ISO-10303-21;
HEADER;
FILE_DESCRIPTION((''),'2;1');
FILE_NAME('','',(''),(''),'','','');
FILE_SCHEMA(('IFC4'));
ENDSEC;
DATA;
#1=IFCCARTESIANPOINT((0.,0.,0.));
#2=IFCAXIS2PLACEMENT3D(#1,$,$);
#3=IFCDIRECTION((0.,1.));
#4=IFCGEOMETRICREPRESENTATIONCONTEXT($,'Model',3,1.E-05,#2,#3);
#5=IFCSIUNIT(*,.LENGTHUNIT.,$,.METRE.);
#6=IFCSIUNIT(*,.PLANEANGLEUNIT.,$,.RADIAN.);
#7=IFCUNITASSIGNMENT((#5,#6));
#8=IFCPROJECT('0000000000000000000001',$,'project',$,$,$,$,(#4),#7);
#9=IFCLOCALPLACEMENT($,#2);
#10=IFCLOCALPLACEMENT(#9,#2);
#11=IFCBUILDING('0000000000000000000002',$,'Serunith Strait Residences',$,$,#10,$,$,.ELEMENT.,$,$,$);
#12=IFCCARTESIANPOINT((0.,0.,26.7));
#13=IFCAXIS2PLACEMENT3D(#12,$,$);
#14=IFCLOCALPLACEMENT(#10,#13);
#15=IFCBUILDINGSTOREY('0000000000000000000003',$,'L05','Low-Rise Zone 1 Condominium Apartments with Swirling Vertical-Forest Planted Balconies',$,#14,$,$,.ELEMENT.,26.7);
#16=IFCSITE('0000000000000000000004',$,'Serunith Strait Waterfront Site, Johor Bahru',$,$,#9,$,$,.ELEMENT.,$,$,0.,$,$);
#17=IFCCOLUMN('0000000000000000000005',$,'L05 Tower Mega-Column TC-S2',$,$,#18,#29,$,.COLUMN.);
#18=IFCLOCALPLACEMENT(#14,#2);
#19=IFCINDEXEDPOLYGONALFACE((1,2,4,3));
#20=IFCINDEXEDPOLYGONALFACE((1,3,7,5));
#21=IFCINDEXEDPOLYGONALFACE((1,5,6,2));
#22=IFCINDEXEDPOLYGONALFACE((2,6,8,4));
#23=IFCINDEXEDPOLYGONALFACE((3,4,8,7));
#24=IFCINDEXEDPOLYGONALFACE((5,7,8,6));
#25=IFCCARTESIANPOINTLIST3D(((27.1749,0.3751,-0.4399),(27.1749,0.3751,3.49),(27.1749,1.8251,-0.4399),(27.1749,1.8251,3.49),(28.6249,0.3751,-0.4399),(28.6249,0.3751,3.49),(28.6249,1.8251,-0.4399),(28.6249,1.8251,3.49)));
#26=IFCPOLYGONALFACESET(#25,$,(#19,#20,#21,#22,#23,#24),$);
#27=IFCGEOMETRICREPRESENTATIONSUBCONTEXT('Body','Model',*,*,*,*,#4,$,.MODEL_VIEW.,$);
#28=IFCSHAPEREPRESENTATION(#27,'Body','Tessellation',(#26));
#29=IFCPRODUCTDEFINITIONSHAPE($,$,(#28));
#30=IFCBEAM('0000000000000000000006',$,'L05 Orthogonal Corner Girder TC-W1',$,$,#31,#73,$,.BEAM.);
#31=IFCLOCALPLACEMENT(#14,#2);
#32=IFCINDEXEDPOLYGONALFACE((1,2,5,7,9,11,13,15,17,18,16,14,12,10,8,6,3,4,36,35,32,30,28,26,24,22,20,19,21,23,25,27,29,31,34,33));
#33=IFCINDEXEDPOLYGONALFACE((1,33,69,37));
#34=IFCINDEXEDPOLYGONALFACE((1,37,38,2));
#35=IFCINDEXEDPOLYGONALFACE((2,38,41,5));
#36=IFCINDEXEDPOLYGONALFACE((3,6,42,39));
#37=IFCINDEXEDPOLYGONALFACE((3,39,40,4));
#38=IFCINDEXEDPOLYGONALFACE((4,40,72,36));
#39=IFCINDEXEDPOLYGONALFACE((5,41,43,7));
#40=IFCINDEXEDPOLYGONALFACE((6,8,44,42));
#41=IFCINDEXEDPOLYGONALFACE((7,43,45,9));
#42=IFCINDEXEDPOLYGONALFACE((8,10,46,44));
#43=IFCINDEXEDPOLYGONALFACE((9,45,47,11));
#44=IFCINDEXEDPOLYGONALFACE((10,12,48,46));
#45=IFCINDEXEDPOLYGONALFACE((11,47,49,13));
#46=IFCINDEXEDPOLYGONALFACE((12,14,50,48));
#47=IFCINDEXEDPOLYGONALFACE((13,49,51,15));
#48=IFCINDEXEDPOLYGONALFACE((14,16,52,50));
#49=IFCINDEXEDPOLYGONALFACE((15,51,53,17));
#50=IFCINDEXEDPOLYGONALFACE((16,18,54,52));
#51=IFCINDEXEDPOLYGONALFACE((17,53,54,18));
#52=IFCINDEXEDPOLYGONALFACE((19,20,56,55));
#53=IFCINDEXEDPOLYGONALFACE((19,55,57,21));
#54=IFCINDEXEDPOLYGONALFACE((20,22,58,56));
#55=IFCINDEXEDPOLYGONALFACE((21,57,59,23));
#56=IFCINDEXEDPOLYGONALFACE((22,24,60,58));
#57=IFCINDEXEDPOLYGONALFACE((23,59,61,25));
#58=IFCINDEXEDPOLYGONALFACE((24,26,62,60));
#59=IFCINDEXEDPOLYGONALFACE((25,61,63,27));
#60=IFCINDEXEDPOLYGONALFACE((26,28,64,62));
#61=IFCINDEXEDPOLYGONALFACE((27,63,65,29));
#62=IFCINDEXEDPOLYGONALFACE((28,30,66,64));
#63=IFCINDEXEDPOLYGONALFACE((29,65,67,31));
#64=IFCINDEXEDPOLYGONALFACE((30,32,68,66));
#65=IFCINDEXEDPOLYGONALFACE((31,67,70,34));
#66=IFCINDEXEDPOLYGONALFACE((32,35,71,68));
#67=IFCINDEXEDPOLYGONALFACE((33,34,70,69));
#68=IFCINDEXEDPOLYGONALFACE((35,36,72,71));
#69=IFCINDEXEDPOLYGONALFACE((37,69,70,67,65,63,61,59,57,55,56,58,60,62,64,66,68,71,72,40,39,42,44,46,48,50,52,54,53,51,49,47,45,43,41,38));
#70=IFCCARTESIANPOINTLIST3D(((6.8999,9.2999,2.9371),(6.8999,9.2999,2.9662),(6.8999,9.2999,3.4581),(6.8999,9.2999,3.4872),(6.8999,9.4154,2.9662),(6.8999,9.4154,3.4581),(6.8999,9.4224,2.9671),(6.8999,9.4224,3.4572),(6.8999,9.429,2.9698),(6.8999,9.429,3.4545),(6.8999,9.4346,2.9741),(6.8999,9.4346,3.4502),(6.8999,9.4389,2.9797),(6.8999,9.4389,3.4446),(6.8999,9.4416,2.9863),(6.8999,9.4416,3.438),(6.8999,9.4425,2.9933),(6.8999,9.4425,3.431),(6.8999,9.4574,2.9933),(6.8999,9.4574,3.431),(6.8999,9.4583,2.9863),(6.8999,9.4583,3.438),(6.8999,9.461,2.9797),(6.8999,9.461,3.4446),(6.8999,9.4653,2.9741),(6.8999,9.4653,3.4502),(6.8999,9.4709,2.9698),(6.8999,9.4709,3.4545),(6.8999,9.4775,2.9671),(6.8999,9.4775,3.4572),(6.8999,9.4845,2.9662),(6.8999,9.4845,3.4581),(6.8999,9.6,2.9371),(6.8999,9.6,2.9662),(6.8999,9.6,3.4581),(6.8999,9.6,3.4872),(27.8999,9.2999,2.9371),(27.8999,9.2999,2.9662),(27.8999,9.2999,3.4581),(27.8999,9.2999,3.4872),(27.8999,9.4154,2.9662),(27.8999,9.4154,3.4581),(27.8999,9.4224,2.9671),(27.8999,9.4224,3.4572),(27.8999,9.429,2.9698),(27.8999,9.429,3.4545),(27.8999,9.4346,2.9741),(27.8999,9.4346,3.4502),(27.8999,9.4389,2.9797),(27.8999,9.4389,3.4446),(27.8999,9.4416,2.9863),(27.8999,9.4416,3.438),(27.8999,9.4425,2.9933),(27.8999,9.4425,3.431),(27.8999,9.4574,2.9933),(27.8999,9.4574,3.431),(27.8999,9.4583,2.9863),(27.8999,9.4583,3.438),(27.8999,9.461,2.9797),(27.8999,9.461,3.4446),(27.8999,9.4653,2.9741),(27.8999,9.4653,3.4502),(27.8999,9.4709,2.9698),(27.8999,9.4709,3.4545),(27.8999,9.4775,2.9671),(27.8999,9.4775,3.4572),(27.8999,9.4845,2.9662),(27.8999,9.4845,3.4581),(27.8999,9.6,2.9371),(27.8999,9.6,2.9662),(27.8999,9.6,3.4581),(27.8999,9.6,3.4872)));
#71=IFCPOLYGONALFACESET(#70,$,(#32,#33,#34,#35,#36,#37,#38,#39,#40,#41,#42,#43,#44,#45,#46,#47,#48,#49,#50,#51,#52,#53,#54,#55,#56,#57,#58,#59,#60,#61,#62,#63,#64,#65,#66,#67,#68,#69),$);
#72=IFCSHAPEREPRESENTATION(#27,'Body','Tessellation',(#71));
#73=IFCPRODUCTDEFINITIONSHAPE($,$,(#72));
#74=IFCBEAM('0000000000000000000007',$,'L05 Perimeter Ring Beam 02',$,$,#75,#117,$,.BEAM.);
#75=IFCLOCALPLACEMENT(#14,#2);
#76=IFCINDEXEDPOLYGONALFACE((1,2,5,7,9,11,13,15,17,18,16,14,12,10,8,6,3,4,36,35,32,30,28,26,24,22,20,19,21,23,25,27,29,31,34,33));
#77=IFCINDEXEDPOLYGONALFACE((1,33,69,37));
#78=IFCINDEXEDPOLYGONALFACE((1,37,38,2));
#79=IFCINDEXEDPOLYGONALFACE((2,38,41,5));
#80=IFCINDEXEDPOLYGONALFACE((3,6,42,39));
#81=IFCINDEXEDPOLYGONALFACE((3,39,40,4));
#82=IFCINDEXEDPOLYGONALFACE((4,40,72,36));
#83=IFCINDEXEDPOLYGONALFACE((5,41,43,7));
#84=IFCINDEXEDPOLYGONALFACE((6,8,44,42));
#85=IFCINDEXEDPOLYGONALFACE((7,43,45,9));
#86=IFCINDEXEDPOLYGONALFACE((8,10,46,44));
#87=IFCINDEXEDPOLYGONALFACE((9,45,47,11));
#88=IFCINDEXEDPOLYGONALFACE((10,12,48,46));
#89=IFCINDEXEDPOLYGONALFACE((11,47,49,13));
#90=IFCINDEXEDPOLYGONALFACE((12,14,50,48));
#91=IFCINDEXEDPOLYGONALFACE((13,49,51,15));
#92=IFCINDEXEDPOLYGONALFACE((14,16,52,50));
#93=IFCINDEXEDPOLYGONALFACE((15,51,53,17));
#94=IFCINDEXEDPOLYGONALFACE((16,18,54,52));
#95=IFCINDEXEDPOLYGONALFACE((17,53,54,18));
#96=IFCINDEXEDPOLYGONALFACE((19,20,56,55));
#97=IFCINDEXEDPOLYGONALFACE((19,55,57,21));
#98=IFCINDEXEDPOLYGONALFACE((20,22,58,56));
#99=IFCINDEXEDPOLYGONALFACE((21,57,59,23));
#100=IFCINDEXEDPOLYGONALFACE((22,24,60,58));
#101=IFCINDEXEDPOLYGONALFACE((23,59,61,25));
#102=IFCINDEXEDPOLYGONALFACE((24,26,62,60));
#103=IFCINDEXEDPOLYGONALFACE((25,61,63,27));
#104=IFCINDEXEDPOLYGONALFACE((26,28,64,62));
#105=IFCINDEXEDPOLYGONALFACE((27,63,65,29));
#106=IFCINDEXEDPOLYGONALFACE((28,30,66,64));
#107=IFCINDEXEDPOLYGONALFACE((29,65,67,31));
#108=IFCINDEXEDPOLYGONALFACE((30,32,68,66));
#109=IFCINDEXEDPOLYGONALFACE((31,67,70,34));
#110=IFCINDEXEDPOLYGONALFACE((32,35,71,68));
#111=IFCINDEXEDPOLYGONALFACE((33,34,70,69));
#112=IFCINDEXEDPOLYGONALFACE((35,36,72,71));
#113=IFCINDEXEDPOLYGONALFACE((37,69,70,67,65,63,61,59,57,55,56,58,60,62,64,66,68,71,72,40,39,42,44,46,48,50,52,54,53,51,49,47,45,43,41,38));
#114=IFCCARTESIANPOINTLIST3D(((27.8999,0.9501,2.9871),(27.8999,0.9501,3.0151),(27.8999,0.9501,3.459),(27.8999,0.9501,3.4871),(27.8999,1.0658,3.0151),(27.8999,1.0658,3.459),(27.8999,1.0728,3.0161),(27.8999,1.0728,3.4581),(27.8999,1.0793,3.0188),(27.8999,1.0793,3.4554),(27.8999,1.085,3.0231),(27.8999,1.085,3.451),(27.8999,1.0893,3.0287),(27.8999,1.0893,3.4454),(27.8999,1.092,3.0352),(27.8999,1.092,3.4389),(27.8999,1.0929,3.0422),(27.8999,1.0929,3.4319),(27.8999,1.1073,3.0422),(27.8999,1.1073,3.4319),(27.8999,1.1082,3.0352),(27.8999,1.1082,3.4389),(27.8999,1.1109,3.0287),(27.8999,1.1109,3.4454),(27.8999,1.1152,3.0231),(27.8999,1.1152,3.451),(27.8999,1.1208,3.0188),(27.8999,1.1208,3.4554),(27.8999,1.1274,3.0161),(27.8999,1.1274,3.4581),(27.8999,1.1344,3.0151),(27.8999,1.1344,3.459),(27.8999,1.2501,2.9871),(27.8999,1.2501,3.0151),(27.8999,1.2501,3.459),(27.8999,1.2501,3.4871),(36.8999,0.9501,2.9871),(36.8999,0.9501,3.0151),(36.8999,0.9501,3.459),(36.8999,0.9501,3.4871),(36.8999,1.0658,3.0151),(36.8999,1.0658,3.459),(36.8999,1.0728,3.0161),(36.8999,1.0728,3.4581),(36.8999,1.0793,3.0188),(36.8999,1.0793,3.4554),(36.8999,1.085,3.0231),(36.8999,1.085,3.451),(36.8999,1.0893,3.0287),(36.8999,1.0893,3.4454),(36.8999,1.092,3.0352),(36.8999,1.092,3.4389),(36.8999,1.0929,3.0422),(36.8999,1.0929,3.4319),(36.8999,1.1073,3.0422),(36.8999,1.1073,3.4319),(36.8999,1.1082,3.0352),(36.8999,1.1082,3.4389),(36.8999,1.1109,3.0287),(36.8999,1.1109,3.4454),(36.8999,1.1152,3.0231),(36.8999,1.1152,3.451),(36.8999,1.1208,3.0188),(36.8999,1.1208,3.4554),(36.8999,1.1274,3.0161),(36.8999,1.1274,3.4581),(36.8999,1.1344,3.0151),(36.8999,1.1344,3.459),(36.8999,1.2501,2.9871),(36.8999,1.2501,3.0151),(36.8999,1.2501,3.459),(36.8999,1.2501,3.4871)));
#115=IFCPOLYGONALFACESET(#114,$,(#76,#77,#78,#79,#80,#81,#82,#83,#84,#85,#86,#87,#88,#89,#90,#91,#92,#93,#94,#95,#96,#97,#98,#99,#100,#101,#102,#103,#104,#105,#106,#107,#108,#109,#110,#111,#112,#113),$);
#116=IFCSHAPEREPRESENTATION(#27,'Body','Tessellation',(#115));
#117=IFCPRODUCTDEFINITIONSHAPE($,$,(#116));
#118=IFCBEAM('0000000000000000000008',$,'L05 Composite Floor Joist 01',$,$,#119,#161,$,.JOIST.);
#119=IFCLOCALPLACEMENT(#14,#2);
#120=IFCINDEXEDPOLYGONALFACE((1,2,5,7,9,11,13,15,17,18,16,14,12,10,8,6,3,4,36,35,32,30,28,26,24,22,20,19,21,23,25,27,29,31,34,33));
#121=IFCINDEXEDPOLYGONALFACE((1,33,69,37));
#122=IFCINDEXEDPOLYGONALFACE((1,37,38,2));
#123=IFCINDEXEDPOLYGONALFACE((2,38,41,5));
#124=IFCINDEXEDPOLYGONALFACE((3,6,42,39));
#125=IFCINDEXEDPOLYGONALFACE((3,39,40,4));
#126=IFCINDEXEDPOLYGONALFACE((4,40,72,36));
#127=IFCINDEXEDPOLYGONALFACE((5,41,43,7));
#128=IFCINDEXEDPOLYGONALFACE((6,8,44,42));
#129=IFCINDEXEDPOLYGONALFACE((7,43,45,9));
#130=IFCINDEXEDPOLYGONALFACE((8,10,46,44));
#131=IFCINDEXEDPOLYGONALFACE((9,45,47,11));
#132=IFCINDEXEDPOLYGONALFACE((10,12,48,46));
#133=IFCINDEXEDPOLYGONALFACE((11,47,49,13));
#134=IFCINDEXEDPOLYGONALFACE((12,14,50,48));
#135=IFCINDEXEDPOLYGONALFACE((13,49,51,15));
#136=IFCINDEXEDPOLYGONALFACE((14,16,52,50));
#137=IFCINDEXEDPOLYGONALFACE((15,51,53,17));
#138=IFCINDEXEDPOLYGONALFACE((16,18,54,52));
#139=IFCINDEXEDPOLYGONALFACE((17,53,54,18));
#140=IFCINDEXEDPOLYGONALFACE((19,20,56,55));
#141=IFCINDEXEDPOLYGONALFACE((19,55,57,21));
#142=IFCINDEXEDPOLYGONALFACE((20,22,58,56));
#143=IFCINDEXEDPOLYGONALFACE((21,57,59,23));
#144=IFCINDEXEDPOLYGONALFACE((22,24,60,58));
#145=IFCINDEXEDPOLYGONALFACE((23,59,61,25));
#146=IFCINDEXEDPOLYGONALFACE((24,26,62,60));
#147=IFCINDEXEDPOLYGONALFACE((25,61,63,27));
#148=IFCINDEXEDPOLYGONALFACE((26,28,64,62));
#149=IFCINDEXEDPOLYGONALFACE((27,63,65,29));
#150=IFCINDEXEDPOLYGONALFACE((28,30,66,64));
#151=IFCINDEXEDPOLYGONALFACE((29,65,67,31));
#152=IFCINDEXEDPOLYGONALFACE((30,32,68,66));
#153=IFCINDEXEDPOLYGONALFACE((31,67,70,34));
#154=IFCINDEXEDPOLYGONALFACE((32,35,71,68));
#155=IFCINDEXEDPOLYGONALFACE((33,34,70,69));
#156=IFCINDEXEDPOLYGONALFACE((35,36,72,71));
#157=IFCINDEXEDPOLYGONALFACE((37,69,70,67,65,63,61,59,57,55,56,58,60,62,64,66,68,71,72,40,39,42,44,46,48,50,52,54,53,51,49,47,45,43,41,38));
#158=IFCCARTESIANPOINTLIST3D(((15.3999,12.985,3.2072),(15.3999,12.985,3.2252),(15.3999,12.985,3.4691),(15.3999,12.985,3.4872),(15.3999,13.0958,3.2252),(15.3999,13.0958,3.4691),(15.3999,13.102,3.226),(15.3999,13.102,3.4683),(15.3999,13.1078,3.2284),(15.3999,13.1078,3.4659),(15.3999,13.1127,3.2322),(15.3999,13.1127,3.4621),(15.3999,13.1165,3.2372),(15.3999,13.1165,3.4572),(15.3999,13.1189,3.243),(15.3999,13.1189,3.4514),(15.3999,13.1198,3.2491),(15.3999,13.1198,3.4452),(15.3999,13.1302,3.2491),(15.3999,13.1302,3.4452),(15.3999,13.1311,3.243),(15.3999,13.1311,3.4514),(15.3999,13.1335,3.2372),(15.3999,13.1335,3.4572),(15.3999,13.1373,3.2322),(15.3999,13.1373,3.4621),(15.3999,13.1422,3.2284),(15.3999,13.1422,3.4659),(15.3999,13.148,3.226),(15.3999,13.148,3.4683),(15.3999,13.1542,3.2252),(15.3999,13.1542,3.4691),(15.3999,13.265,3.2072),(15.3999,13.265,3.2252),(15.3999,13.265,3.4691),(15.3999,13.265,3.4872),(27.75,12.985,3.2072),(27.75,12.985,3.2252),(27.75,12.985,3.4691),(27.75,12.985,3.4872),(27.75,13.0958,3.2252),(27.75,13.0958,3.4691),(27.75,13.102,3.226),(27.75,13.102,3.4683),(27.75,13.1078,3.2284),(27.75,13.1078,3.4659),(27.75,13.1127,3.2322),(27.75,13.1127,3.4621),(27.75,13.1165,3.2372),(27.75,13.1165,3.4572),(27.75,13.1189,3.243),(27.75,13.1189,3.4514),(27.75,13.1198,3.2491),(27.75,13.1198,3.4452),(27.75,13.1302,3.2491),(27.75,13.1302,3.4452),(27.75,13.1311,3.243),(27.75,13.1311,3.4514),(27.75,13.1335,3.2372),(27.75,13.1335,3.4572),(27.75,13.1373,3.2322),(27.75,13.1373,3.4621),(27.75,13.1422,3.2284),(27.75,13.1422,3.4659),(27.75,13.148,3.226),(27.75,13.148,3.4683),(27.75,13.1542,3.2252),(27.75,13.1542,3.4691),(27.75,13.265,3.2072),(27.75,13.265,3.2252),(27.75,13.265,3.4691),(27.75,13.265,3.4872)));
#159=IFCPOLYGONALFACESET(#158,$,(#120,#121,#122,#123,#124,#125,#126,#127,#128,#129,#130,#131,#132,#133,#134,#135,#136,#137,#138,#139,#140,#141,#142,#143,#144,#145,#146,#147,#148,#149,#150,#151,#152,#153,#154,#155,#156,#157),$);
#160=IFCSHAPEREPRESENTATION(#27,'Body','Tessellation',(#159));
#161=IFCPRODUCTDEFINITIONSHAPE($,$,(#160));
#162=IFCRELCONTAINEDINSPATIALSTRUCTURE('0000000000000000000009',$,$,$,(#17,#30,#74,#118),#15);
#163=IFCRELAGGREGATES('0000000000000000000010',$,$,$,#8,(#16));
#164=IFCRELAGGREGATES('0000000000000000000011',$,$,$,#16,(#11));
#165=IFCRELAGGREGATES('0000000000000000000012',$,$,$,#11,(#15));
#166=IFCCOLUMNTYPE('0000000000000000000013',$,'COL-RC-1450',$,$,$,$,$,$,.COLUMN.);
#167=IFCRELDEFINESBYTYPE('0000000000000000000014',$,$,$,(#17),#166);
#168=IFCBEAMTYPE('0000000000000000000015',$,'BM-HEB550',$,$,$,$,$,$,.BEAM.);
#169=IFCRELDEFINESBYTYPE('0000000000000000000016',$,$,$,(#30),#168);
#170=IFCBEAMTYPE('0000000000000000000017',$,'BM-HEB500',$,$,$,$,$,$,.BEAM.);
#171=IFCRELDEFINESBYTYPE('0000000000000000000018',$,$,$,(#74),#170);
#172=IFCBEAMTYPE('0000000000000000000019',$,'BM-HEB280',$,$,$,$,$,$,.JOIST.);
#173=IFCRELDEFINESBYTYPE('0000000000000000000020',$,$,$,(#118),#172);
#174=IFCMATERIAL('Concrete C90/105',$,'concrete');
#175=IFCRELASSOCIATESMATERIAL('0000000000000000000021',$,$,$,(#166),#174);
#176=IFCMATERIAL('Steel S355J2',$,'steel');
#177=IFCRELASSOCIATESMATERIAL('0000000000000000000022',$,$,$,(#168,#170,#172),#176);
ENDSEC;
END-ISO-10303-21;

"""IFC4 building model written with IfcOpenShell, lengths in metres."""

from ifc_helpers import new_model, si_unit, direction, frame, origin, origin_2d, place, context, subcontext, project, spatial, rectangle, i_section, extrude, source, transform, mapped, material, material_profile, profile_set, type_object, element, save


model = new_model("IFC4")

# Units and contexts
model_context = context("Model", 3, precision=1e-05, world=origin(), true_north=direction((0.0, 1.0)))
body_context = subcontext(model_context, "Body", "Model", "MODEL_VIEW")
ifc_project = project(units=[si_unit("LENGTHUNIT", "METRE"), si_unit("PLANEANGLEUNIT", "RADIAN")], contexts=[model_context])

# Site, building, storey
site_placement = place(None, origin())
site = spatial("IfcSite", under=ifc_project, at=site_placement, Name="Serunith Strait Waterfront Site, Johor Bahru", CompositionType="ELEMENT", RefElevation=0.0)
building_placement = place(site_placement, origin())
building = spatial("IfcBuilding", under=site, at=building_placement, Name="Serunith Strait Residences", CompositionType="ELEMENT")
storey_placement = place(building_placement, frame((0.0, 0.0, 26.7)))
storey = spatial("IfcBuildingStorey", under=building, at=storey_placement, Name="L05", Description="Low-Rise Zone 1 Condominium Apartments with Swirling Vertical-Forest Planted Balconies", CompositionType="ELEMENT", Elevation=26.7)

# Column
ifc_material_1 = material(Name="Concrete C90/105", Category="concrete")
ifc_material_profile_1 = material_profile(ifc_material_1, rectangle(XDim=1.45, YDim=1.45, at=origin_2d()), Name="RC 1450x1450")
ifc_profile_set_1 = profile_set([ifc_material_profile_1], Name="Concrete C90/105")
column_type = type_object("IfcColumnType", Name="COL-RC-1450", PredefinedType="COLUMN", material=ifc_profile_set_1)
shared_shape_1 = source(origin(), body_context, "Body", "SweptSolid", [
    extrude(rectangle(XDim=1.45, YDim=1.45, at=origin_2d()), origin(), (0.0, 0.0, 1.0), 3.9299),
])
column_placement = place(storey_placement, frame((27.8999, 1.1001, -0.4399), z_axis=(0.0, 0.0, 1.0), x_axis=(1.0, 0.0, 0.0)))
element("IfcColumn", 1, at=column_placement, inside=storey, type_object=column_type, Name="L05 Tower Mega-Column TC-S2", PredefinedType="COLUMN", context=body_context, shape_type="MappedRepresentation", body=[
    mapped(shared_shape_1, transform((0.0, 0.0, 0.0), scale=1.0)),
])

# Beams
ifc_material_2 = material(Name="Steel S355J2", Category="steel")
ifc_material_profile_2 = material_profile(ifc_material_2, i_section(OverallWidth=0.3, OverallDepth=0.55, WebThickness=0.0149, FlangeThickness=0.0291, FilletRadius=0.0271, at=origin_2d()), Name="HEB 550")
ifc_profile_set_2 = profile_set([ifc_material_profile_2], Name="Steel S355J2")
beam_type_1 = type_object("IfcBeamType", Name="BM-HEB550", PredefinedType="BEAM", material=ifc_profile_set_2)
shared_shape_2 = source(origin(), body_context, "Body", "SweptSolid", [
    extrude(i_section(OverallWidth=0.3, OverallDepth=0.55, WebThickness=0.0149, FlangeThickness=0.0291, FilletRadius=0.0271, at=origin_2d()), origin(), (0.0, 0.0, 1.0), 21.0),
])
beam_1_placement = place(storey_placement, frame((27.8999, 9.45, 3.2122), z_axis=(-1.0, 0.0, 0.0), x_axis=(0.0, -1.0, 0.0)))
element("IfcBeam", 2, at=beam_1_placement, inside=storey, type_object=beam_type_1, Name="L05 Orthogonal Corner Girder TC-W1", PredefinedType="BEAM", context=body_context, shape_type="MappedRepresentation", body=[
    mapped(shared_shape_2, transform((0.0, 0.0, 0.0), scale=1.0)),
])
ifc_material_profile_3 = material_profile(ifc_material_2, i_section(OverallWidth=0.3, OverallDepth=0.5, WebThickness=0.0144, FlangeThickness=0.0281, FilletRadius=0.0271, at=origin_2d()), Name="HEB 500")
ifc_profile_set_3 = profile_set([ifc_material_profile_3], Name="Steel S355J2")
beam_type_2 = type_object("IfcBeamType", Name="BM-HEB500", PredefinedType="BEAM", material=ifc_profile_set_3)
shared_shape_3 = source(origin(), body_context, "Body", "SweptSolid", [
    extrude(i_section(OverallWidth=0.3, OverallDepth=0.5, WebThickness=0.0144, FlangeThickness=0.0281, FilletRadius=0.0271, at=origin_2d()), origin(), (0.0, 0.0, 1.0), 9.0),
])
beam_2_placement = place(storey_placement, frame((27.8999, 1.1001, 3.2371), z_axis=(1.0, 0.0, 0.0), x_axis=(0.0, 1.0, 0.0)))
element("IfcBeam", 3, at=beam_2_placement, inside=storey, type_object=beam_type_2, Name="L05 Perimeter Ring Beam 02", PredefinedType="BEAM", context=body_context, shape_type="MappedRepresentation", body=[
    mapped(shared_shape_3, transform((0.0, 0.0, 0.0), scale=1.0)),
])
ifc_material_profile_4 = material_profile(ifc_material_2, i_section(OverallWidth=0.28, OverallDepth=0.28, WebThickness=0.0105, FlangeThickness=0.0181, FilletRadius=0.0239, at=origin_2d()), Name="HEB 280")
ifc_profile_set_4 = profile_set([ifc_material_profile_4], Name="Steel S355J2")
beam_type_3 = type_object("IfcBeamType", Name="BM-HEB280", PredefinedType="JOIST", material=ifc_profile_set_4)
shared_shape_4 = source(origin(), body_context, "Body", "SweptSolid", [
    extrude(i_section(OverallWidth=0.28, OverallDepth=0.28, WebThickness=0.0105, FlangeThickness=0.0181, FilletRadius=0.0239, at=origin_2d()), origin(), (0.0, 0.0, 1.0), 12.3501),
])
beam_3_placement = place(storey_placement, frame((15.3999, 13.125, 3.3472), z_axis=(1.0, 0.0, 0.0), x_axis=(0.0, 1.0, 0.0)))
element("IfcBeam", 4, at=beam_3_placement, inside=storey, type_object=beam_type_3, Name="L05 Composite Floor Joist 01", PredefinedType="JOIST", context=body_context, shape_type="MappedRepresentation", body=[
    mapped(shared_shape_4, transform((0.0, 0.0, 0.0), scale=1.0)),
])

save(model, "model.ifc")
